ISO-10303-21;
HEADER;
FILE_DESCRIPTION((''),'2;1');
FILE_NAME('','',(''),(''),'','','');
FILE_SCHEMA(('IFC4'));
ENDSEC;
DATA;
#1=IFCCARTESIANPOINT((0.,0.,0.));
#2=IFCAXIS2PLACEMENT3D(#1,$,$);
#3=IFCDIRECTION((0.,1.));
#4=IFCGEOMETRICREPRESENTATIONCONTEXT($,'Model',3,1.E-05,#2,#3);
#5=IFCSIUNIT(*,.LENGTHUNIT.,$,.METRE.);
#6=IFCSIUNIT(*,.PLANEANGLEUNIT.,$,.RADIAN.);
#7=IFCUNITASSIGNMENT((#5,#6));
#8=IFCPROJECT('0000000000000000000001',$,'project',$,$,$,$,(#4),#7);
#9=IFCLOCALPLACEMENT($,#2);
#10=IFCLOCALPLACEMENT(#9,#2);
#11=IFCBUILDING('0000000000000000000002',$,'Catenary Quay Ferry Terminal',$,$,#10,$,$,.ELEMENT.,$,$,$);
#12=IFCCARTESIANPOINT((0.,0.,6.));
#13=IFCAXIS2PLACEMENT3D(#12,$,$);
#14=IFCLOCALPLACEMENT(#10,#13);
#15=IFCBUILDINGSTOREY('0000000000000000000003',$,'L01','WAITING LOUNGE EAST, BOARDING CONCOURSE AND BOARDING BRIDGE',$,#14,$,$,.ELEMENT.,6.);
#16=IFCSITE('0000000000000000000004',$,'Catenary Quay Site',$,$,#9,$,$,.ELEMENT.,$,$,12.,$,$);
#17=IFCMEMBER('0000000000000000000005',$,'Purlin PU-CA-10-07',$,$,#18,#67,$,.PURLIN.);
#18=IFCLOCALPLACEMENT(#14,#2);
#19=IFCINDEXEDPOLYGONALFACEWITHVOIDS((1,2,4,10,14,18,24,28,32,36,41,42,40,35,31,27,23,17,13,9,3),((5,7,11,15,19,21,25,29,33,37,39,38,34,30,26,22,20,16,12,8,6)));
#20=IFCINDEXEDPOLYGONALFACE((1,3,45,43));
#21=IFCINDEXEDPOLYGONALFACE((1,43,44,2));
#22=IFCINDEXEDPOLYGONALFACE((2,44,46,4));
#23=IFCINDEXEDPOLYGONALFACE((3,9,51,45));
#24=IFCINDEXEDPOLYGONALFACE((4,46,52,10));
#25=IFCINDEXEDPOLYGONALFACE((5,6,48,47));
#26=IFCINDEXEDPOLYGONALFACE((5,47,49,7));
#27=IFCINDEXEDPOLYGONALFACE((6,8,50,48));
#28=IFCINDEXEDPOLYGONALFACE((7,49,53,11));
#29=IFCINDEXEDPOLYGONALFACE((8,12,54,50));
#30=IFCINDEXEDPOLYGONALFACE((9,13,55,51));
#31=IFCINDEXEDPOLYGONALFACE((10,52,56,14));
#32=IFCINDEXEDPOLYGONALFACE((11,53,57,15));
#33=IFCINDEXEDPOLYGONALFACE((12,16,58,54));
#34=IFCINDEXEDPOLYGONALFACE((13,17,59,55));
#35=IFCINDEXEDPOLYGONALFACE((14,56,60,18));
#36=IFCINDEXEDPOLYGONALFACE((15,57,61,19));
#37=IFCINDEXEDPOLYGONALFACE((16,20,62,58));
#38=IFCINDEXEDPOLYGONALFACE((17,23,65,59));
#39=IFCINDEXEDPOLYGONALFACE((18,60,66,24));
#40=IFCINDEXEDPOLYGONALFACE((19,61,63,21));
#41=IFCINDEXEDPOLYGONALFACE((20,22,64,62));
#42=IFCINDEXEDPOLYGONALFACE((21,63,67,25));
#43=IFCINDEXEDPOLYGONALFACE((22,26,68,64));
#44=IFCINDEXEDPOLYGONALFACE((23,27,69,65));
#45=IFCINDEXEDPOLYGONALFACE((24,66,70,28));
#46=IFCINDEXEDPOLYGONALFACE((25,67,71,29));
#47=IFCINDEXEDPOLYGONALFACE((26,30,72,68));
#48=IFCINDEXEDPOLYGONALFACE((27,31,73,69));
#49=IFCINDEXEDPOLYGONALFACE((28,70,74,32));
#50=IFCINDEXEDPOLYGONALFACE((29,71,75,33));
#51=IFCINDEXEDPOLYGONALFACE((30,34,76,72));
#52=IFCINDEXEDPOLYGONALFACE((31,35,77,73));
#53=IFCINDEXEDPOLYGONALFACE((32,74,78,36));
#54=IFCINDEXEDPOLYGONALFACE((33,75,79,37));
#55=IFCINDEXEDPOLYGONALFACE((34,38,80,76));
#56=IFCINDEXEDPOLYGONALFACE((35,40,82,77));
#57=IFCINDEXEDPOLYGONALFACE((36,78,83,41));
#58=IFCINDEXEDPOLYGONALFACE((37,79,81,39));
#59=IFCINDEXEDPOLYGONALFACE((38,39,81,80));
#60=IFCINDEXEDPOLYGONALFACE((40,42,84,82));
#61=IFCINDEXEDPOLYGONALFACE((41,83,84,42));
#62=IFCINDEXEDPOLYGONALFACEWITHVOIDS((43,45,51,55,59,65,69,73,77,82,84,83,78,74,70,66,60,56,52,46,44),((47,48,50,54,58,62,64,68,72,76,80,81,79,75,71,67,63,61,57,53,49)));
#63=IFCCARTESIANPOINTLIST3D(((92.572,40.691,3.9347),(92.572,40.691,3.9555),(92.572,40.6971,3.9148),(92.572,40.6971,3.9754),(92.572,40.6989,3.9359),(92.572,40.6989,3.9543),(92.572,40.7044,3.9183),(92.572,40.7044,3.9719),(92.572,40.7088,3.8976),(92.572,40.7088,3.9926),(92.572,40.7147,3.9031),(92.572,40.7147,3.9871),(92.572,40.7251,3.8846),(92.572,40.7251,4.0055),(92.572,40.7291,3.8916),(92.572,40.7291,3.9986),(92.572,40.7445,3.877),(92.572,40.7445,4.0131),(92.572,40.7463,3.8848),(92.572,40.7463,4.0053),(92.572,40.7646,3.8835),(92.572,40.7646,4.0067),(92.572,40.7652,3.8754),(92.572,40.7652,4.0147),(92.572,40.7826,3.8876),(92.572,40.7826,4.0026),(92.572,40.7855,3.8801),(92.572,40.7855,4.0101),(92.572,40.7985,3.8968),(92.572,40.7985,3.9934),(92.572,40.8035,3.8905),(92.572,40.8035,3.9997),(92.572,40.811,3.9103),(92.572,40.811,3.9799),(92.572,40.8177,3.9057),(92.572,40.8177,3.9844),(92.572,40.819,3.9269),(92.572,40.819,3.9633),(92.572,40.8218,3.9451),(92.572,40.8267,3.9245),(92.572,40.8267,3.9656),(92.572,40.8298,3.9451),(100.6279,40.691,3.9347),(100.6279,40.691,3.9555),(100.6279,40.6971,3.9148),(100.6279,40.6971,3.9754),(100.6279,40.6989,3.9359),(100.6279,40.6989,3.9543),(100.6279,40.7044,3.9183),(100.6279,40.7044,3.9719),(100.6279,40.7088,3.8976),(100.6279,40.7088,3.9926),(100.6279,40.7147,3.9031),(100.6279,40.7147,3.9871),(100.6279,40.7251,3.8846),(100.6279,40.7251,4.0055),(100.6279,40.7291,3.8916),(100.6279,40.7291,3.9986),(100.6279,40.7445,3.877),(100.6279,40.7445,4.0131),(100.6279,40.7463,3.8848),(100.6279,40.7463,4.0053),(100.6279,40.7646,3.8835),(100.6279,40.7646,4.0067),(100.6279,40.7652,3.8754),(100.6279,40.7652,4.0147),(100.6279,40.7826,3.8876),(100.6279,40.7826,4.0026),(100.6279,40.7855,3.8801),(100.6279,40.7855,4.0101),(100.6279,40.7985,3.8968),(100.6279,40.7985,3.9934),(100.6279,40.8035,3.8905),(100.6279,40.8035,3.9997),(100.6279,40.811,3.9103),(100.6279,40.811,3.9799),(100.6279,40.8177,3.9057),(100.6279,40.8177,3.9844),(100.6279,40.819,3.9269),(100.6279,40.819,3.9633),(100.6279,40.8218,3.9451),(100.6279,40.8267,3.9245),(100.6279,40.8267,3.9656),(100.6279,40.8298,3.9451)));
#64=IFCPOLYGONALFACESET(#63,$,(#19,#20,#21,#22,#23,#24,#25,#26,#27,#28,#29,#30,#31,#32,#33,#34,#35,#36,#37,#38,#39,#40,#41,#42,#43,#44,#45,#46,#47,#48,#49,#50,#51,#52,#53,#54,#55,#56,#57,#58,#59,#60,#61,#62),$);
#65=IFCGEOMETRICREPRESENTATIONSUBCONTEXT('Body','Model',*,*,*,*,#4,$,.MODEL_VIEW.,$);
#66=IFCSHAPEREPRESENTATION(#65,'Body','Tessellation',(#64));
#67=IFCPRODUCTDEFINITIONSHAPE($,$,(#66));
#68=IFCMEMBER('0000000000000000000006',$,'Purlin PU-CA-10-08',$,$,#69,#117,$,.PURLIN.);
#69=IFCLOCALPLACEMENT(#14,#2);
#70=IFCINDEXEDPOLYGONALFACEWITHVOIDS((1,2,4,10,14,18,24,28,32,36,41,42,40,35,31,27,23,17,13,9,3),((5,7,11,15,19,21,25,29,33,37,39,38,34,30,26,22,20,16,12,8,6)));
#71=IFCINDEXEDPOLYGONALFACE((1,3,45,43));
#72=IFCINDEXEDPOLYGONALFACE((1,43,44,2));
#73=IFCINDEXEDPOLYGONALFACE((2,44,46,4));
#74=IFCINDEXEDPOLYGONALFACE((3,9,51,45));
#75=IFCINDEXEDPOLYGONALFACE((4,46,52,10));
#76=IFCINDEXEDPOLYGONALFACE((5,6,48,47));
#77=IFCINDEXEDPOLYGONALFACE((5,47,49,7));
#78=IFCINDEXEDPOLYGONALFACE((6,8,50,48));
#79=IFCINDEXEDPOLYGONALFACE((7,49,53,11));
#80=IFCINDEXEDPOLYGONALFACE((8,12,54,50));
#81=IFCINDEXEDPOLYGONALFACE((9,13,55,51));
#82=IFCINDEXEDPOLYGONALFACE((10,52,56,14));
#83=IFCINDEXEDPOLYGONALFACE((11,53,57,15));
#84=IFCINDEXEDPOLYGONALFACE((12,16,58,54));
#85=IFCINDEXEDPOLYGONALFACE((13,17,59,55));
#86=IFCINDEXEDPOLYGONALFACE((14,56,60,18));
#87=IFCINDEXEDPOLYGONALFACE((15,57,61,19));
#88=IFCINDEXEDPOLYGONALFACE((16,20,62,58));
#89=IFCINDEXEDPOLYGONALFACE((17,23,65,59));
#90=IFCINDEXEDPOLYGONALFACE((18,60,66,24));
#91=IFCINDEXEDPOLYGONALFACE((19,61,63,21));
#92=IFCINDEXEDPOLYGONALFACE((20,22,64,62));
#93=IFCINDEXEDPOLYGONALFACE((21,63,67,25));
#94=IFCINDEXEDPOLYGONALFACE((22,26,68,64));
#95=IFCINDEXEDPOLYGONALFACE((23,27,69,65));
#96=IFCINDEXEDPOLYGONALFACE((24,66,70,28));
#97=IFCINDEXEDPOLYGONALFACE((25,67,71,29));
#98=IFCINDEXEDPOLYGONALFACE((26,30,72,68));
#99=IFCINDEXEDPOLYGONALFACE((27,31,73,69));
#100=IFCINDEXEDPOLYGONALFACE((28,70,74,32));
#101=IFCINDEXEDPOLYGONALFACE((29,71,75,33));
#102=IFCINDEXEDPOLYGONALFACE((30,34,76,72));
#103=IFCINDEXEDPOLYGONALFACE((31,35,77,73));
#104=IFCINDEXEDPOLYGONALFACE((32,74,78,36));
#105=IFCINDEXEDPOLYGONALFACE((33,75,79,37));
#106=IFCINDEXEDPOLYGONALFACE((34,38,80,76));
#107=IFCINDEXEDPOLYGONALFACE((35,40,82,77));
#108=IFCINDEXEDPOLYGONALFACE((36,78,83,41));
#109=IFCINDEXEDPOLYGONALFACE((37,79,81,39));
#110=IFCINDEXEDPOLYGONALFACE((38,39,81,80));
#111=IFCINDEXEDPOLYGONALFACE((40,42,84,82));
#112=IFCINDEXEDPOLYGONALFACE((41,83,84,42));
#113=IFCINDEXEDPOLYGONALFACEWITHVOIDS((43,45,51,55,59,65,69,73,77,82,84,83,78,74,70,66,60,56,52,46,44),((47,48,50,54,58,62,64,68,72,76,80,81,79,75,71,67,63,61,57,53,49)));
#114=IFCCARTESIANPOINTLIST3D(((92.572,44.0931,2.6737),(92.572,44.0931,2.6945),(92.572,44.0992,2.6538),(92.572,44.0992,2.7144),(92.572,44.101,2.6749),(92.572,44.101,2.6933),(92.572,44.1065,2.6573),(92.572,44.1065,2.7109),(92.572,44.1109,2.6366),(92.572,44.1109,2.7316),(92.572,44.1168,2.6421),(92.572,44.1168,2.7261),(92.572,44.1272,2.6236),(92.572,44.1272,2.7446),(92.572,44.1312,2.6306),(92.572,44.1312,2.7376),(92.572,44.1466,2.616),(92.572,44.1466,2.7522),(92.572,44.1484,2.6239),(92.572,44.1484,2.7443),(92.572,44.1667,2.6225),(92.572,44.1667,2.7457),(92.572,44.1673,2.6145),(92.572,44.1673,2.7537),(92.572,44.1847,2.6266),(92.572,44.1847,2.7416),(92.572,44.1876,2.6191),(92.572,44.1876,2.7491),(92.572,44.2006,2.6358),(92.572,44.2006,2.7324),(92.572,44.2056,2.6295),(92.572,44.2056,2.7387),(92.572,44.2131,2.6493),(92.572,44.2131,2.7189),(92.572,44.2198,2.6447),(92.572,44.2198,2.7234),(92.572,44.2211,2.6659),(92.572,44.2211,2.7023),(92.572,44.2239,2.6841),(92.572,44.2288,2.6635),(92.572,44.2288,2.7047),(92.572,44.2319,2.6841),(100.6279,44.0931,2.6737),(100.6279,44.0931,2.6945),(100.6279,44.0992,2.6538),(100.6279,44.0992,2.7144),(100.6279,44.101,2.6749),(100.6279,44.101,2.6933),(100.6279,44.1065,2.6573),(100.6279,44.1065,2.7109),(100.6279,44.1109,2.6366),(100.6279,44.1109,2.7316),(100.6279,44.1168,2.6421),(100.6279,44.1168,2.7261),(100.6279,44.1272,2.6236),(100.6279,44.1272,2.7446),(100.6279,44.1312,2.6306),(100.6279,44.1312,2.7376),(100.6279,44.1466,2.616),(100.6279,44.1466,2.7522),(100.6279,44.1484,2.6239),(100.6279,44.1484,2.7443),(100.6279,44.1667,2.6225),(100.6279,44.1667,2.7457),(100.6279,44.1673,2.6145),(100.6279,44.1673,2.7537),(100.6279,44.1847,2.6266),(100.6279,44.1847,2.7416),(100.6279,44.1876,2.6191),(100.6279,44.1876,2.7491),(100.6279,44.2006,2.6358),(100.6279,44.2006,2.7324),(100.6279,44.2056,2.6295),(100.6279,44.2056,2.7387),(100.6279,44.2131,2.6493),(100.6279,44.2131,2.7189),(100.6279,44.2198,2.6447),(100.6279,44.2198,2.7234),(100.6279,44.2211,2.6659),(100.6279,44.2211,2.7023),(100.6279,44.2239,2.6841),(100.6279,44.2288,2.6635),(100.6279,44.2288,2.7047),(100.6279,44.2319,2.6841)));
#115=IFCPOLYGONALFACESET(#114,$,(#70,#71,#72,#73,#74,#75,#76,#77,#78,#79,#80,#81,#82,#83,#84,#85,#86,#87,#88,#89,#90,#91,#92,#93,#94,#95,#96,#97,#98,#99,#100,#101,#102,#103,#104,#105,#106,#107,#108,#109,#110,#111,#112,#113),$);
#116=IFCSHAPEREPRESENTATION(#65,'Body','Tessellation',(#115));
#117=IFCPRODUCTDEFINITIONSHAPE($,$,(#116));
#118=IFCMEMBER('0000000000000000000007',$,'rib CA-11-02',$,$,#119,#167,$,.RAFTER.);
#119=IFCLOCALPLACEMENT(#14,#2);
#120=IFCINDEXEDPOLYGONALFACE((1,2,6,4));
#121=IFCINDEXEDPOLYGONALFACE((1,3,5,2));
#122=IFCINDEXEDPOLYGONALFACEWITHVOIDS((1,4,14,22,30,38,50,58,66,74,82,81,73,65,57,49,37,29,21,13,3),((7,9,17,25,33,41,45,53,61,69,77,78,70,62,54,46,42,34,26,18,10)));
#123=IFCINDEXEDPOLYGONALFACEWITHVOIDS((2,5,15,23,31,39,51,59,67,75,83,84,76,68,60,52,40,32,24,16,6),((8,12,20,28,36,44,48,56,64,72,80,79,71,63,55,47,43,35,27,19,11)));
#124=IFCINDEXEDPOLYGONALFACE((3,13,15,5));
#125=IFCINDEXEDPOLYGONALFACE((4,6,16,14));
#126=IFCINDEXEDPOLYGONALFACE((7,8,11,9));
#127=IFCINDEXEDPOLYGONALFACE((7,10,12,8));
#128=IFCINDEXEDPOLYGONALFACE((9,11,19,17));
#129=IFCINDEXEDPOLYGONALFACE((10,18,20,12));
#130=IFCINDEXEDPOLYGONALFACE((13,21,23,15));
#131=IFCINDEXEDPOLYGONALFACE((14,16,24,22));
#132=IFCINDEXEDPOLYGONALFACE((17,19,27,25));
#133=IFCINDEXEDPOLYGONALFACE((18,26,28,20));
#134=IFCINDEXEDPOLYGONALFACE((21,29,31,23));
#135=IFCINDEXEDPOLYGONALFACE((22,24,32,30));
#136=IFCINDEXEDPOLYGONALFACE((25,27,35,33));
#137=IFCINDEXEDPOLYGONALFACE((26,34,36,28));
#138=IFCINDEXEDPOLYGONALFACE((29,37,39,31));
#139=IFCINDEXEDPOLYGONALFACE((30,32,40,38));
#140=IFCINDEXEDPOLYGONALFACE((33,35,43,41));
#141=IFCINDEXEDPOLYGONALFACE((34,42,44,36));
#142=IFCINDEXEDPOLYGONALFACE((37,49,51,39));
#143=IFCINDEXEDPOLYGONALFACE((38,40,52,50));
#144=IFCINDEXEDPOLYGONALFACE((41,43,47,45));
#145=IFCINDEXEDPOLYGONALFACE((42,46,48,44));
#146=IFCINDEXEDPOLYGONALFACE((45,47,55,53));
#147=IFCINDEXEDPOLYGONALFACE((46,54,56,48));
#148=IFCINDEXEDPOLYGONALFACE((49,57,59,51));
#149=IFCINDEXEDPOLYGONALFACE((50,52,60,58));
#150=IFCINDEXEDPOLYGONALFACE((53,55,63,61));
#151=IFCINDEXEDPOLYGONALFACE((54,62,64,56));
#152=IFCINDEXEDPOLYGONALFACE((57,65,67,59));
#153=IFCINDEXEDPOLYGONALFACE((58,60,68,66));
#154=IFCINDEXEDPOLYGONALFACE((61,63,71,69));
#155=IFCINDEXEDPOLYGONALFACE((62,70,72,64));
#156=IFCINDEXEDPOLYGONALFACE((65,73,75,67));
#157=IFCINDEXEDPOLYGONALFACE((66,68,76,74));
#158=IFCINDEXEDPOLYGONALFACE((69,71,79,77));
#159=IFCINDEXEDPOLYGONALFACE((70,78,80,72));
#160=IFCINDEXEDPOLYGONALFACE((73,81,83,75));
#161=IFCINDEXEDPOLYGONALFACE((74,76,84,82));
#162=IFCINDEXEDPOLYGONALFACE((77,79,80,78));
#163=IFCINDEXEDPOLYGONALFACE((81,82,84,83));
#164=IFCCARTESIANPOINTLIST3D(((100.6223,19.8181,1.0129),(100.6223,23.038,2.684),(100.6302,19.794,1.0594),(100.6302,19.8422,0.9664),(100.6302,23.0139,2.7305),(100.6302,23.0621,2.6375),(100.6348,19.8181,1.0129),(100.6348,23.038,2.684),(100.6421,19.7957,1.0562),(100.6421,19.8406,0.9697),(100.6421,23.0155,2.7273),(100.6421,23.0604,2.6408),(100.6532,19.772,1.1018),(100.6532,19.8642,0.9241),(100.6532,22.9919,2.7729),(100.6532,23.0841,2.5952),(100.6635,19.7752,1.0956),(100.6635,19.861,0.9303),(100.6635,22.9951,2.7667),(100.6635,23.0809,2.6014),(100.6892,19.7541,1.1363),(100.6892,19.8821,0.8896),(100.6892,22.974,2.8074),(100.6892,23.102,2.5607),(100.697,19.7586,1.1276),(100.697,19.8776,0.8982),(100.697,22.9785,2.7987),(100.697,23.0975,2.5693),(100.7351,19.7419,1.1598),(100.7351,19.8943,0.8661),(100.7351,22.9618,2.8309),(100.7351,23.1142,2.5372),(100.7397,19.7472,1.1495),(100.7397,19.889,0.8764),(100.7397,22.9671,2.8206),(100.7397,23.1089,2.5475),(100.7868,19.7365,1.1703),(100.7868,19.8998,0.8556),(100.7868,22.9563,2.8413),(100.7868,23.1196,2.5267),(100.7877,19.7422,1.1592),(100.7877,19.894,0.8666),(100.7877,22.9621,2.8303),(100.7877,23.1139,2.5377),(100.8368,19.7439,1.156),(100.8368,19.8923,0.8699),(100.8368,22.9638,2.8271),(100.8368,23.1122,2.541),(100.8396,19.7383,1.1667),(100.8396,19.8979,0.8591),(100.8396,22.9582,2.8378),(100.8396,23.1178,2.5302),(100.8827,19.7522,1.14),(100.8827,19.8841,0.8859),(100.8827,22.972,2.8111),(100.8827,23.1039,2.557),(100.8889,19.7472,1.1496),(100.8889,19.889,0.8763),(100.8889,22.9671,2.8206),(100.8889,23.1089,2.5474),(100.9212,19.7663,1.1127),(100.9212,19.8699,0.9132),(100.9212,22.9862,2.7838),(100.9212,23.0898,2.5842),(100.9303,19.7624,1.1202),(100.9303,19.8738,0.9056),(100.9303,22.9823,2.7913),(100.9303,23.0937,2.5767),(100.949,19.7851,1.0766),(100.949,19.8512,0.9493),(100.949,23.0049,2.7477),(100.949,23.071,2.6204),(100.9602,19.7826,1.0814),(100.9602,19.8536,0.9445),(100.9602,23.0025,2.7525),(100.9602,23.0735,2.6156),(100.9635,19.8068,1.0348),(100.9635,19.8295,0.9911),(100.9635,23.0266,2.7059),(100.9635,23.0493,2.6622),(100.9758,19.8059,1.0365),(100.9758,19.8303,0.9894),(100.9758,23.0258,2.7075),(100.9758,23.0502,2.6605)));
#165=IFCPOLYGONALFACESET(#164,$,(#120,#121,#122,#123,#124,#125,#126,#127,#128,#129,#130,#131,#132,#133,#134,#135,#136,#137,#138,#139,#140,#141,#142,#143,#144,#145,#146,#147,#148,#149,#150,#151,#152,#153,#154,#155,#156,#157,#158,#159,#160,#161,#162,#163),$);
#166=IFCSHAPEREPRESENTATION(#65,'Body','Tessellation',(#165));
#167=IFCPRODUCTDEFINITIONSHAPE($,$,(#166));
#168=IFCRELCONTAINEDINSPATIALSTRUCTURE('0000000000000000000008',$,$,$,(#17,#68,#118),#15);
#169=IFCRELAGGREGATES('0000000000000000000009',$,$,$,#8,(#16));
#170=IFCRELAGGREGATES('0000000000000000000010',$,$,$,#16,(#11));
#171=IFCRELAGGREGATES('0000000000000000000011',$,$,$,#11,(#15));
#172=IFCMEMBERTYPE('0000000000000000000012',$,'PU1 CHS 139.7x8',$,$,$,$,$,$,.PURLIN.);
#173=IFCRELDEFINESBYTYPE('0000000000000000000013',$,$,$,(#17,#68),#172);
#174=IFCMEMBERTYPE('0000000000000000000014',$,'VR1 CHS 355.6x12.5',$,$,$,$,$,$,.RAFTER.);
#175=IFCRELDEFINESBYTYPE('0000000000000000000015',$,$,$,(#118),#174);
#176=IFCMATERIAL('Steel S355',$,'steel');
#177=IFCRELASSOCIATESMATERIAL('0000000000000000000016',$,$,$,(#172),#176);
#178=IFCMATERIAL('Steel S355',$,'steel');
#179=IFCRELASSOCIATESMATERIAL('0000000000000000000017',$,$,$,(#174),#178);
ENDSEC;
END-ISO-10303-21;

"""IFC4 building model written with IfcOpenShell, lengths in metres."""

from ifc_helpers import new_model, si_unit, direction, frame, origin, origin_2d, place, context, subcontext, project, spatial, hollow_circle, extrude, material, material_profile, profile_set, type_object, element, save


model = new_model("IFC4")

# Units and contexts
model_context = context("Model", 3, precision=1e-05, world=origin(), true_north=direction((0.0, 1.0)))
body_context = subcontext(model_context, "Body", "Model", "MODEL_VIEW")
ifc_project = project(units=[si_unit("LENGTHUNIT", "METRE"), si_unit("PLANEANGLEUNIT", "RADIAN")], contexts=[model_context])

# Site, building, storey
site_placement = place(None, origin())
site = spatial("IfcSite", under=ifc_project, at=site_placement, Name="Catenary Quay Site", CompositionType="ELEMENT", RefElevation=12.0)
building_placement = place(site_placement, origin())
building = spatial("IfcBuilding", under=site, at=building_placement, Name="Catenary Quay Ferry Terminal", CompositionType="ELEMENT")
storey_placement = place(building_placement, frame((0.0, 0.0, 6.0)))
storey = spatial("IfcBuildingStorey", under=building, at=storey_placement, Name="L01", Description="WAITING LOUNGE EAST, BOARDING CONCOURSE AND BOARDING BRIDGE", CompositionType="ELEMENT", Elevation=6.0)

# Members
ifc_material_1 = material(Name="Steel S355", Category="steel")
ifc_material_profile_1 = material_profile(ifc_material_1, hollow_circle(Radius=0.0698, WallThickness=0.0081, at=origin_2d()), Name="CHS 139.7x8")
ifc_profile_set_1 = profile_set([ifc_material_profile_1], Name="Steel S355")
member_type_1 = type_object("IfcMemberType", Name="PU1 CHS 139.7x8", PredefinedType="PURLIN", material=ifc_profile_set_1)
for number, where, z_axis, x_axis, name in (
    (1, (92.572, 40.76, 3.9451), (1.0, 0.0, 0.0), (0.0, 1.0, 0.0), "Purlin PU-CA-10-07"),
    (2, (92.572, 44.1621, 2.6841), (1.0, 0.0, 0.0), (0.0, 1.0, 0.0), "Purlin PU-CA-10-08"),
):
    element("IfcMember", number, at=place(storey_placement, frame(where, z_axis=z_axis, x_axis=x_axis)), inside=storey, type_object=member_type_1, Name=name, PredefinedType="PURLIN", context=body_context, shape_type="SweptSolid", body=[
        extrude(hollow_circle(Radius=0.0698, WallThickness=0.0081, at=origin_2d()), origin(), (0.0, 0.0, 1.0), 8.0559),
    ])
ifc_material_2 = material(Name="Steel S355", Category="steel")
ifc_material_profile_2 = material_profile(ifc_material_2, hollow_circle(Radius=0.1777, WallThickness=0.0125, at=origin_2d()), Name="CHS 355.6x12.5")
ifc_profile_set_2 = profile_set([ifc_material_profile_2], Name="Steel S355")
member_type_2 = type_object("IfcMemberType", Name="VR1 CHS 355.6x12.5", PredefinedType="RAFTER", material=ifc_profile_set_2)
member_1_placement = place(storey_placement, frame((100.8, 19.8181, 1.0129), z_axis=(0.0, 0.887582, 0.460649), x_axis=(-1.0, 0.0, 0.0)))
element("IfcMember", 3, at=member_1_placement, inside=storey, type_object=member_type_2, Name="rib CA-11-02", PredefinedType="RAFTER", context=body_context, shape_type="SweptSolid", body=[
    extrude(hollow_circle(Radius=0.1777, WallThickness=0.0125, at=origin_2d()), origin(), (0.0, 0.0, 1.0), 3.6277),
])

save(model, "model.ifc")
